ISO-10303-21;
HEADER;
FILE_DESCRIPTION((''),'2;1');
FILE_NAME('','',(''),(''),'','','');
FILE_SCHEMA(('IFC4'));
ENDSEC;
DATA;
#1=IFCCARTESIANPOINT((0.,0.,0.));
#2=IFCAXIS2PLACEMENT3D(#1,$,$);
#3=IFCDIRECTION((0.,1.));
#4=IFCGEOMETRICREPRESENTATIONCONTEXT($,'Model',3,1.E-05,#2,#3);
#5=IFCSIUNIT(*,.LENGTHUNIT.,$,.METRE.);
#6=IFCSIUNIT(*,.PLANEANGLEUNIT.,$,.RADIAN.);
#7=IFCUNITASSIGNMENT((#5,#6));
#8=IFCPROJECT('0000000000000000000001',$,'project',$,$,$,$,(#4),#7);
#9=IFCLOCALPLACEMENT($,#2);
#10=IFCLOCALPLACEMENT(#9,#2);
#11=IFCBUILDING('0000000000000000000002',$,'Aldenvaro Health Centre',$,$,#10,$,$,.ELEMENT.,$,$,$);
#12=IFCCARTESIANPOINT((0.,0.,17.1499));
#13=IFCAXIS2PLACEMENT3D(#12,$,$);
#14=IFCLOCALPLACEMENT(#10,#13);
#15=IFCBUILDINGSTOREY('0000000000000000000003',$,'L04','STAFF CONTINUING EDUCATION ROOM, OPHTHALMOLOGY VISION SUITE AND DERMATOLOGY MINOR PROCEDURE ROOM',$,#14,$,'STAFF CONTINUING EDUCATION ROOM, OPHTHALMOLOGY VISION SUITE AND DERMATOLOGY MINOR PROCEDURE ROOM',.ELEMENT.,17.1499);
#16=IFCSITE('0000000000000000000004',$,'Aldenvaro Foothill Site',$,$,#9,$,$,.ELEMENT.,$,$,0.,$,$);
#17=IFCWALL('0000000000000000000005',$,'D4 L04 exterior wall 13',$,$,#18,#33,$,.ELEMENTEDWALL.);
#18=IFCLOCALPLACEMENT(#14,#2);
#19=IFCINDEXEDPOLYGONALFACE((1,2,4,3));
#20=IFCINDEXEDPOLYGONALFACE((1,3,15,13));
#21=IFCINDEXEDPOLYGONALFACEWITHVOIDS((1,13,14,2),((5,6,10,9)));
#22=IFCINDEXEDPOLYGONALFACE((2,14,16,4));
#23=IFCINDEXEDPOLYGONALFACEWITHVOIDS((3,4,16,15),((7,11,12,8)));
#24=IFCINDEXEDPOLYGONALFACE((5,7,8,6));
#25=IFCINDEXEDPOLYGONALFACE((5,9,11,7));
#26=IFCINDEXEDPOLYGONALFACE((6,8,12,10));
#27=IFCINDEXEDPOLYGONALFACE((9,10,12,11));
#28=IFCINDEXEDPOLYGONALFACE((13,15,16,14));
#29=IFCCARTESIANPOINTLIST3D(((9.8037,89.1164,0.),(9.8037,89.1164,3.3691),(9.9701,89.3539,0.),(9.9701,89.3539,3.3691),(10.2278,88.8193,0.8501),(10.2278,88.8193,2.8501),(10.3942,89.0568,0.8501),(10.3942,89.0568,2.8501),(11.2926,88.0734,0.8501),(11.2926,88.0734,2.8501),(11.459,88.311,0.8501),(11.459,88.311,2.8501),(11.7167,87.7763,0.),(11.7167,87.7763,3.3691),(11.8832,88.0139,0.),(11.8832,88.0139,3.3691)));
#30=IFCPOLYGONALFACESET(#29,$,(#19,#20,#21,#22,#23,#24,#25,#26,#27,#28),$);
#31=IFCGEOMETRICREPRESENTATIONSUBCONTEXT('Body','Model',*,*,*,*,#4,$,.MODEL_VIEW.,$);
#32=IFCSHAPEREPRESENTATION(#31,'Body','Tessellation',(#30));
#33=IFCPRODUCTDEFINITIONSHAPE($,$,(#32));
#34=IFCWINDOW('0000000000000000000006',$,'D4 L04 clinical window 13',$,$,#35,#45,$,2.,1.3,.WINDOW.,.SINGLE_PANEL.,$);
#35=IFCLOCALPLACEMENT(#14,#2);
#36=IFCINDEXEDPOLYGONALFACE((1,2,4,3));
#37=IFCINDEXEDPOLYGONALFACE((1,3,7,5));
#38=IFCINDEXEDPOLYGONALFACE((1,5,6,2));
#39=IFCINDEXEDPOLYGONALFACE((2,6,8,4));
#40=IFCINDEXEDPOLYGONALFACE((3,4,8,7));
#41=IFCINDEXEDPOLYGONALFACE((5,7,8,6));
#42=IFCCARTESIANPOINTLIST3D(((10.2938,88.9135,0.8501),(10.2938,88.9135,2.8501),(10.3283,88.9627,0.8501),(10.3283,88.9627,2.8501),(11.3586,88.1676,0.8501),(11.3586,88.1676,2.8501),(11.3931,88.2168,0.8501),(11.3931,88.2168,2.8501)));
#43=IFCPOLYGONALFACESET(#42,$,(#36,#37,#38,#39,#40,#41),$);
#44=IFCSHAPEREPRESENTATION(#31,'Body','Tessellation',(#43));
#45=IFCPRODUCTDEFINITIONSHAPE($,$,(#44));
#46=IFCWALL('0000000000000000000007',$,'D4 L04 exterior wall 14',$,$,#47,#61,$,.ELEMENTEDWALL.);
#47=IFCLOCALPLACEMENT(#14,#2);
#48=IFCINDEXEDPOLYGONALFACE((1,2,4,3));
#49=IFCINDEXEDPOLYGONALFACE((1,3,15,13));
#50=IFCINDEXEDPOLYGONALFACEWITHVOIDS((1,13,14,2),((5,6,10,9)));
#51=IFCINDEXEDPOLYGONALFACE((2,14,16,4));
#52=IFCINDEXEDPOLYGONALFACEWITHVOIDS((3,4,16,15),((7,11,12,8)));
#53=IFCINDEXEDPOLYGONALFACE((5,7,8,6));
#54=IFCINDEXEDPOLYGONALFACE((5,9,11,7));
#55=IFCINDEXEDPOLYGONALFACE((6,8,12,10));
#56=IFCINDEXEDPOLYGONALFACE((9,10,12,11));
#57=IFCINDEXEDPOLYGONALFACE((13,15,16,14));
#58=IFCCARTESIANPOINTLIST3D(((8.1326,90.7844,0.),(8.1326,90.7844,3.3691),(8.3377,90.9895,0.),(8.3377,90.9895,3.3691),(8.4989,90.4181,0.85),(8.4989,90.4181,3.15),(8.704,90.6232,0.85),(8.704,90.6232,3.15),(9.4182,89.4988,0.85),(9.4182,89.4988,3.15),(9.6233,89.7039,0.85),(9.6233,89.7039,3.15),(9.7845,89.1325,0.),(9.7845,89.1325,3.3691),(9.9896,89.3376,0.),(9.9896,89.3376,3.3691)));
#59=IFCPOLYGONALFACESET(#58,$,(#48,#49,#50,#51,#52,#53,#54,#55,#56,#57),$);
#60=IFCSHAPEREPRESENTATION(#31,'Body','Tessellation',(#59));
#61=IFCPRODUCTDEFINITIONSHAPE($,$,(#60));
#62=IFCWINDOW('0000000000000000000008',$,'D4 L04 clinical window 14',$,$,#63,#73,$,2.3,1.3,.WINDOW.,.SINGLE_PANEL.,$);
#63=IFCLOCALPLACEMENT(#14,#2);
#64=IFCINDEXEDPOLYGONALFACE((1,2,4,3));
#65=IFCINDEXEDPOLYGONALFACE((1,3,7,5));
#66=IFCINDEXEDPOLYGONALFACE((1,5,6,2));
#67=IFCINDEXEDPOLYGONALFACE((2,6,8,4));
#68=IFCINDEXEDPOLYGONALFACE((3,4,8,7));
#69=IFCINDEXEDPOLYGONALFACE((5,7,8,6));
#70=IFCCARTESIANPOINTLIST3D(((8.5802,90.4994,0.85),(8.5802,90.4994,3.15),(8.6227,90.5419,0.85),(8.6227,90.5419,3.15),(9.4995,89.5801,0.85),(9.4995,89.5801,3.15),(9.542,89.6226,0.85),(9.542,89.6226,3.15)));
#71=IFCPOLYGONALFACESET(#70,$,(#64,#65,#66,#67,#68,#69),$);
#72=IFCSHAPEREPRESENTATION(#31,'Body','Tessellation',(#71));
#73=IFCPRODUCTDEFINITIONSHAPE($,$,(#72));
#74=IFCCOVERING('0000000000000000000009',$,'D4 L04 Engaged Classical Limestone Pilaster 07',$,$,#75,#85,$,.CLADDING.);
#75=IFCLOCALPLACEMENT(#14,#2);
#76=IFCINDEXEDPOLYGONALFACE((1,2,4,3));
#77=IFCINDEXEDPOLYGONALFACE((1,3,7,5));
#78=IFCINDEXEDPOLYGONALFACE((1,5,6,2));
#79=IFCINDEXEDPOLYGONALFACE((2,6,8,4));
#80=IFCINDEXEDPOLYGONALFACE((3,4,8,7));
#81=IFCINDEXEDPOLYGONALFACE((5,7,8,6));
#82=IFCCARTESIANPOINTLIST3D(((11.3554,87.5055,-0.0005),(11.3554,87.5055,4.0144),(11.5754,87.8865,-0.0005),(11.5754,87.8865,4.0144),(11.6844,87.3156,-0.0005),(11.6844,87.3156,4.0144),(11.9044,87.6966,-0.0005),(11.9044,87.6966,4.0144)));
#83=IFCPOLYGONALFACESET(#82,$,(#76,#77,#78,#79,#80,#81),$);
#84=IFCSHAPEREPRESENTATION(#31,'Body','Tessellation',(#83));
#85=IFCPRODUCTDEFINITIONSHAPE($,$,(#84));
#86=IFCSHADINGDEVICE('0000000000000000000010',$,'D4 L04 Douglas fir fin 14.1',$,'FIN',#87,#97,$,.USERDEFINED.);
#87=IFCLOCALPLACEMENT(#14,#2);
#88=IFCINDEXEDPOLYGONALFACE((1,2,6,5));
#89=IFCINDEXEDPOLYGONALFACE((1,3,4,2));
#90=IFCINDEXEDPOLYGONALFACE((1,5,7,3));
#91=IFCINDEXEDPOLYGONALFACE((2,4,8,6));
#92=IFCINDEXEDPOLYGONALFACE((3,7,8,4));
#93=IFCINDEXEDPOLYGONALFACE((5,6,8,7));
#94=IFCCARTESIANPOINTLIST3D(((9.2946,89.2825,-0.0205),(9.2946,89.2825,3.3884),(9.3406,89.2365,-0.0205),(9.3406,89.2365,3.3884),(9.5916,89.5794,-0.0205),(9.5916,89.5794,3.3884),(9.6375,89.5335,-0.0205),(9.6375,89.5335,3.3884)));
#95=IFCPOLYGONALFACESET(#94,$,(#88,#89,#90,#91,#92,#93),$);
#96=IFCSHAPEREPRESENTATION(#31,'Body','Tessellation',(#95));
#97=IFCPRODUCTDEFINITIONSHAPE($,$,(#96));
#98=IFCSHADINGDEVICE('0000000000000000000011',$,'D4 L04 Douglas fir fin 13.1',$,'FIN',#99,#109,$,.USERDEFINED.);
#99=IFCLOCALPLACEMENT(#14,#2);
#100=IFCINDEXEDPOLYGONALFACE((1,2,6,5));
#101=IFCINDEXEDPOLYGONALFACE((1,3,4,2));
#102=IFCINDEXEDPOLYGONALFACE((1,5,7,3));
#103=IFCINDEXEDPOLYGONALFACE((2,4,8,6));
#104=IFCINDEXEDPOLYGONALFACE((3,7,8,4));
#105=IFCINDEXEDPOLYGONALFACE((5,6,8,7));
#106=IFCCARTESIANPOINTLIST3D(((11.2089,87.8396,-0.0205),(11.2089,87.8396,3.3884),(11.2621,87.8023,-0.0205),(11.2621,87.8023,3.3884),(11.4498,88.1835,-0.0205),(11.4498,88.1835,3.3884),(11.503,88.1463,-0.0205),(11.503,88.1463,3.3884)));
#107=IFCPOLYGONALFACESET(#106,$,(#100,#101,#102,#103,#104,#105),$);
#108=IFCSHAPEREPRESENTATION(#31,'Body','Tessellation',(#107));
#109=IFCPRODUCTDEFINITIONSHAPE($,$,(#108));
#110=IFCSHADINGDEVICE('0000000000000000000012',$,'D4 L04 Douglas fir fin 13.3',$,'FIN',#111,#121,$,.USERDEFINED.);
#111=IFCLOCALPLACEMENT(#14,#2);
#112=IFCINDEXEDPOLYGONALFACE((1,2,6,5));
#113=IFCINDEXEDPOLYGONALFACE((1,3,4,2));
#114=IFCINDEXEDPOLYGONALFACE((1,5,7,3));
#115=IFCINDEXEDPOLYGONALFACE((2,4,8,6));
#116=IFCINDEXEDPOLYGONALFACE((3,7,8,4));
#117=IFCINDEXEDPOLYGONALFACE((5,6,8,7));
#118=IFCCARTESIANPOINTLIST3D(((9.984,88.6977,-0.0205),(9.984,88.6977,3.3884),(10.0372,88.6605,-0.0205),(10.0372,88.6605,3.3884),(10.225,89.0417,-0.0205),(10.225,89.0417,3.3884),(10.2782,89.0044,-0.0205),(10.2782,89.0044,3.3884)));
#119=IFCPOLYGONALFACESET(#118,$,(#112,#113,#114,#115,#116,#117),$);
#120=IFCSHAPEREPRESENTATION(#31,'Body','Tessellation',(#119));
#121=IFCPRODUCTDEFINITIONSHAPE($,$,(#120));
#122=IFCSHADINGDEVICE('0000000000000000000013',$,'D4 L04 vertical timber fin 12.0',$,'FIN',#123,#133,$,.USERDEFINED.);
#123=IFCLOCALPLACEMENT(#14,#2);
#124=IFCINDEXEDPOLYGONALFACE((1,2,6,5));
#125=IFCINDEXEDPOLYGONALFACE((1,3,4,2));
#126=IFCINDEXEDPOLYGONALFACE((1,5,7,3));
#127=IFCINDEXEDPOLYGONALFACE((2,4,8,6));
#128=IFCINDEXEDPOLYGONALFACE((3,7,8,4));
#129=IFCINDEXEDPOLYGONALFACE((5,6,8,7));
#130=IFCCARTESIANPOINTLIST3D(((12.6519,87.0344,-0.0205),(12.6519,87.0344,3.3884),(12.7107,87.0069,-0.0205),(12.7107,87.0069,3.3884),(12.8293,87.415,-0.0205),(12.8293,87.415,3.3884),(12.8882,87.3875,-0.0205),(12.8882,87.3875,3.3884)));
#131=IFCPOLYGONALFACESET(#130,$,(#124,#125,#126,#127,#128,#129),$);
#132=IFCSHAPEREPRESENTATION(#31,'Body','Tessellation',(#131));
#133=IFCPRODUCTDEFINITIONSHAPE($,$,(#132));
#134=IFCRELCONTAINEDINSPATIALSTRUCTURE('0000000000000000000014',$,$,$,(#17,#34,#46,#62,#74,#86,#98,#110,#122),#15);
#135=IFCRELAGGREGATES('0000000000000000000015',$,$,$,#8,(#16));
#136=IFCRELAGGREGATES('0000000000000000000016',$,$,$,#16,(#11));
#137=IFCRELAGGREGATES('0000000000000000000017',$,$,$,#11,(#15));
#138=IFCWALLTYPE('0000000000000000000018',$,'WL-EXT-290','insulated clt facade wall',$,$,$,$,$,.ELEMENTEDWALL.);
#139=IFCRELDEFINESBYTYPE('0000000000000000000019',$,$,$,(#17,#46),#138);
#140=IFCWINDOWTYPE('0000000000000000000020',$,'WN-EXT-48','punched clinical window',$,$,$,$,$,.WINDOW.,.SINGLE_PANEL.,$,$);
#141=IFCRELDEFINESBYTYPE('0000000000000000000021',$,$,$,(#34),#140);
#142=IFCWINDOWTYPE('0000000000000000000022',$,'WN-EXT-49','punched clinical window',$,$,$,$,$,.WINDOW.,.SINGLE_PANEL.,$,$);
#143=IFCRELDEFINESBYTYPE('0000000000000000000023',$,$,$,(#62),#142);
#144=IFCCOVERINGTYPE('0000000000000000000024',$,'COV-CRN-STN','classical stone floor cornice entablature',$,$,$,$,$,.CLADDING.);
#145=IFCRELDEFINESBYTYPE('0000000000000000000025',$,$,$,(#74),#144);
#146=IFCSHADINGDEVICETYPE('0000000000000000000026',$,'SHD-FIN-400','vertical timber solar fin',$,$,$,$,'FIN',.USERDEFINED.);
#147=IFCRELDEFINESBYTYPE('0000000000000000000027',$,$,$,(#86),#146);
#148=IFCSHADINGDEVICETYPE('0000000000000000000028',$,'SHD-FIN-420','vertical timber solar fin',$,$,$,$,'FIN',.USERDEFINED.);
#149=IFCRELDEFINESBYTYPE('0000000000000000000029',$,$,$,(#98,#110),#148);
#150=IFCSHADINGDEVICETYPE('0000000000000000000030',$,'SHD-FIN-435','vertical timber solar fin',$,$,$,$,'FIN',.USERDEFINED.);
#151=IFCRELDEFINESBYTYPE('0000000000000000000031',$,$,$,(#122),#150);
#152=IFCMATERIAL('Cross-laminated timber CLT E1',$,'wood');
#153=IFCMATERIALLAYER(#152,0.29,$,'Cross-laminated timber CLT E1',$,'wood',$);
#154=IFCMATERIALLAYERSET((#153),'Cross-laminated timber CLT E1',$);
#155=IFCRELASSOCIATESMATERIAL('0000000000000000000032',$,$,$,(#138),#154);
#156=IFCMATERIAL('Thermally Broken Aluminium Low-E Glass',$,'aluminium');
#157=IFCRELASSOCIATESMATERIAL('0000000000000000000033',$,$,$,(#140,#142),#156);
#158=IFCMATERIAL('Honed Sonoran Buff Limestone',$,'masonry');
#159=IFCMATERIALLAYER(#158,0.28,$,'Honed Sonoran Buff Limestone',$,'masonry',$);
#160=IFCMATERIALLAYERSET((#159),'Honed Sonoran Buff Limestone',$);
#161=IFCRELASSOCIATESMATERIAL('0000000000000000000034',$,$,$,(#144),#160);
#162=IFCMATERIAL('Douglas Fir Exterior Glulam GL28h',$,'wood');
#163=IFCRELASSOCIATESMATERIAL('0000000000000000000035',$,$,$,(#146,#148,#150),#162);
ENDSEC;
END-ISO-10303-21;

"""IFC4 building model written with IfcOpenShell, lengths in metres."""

from ifc_helpers import new_model, si_unit, direction, frame, frame_2d, origin, origin_2d, place, context, subcontext, project, spatial, rectangle, extrude, material, layer, layer_set, type_object, element, fill, save


model = new_model("IFC4")

# Units and contexts
model_context = context("Model", 3, precision=1e-05, world=origin(), true_north=direction((0.0, 1.0)))
body_context = subcontext(model_context, "Body", "Model", "MODEL_VIEW")
ifc_project = project(units=[si_unit("LENGTHUNIT", "METRE"), si_unit("PLANEANGLEUNIT", "RADIAN")], contexts=[model_context])

# Site, building, storey
site_placement = place(None, origin())
site = spatial("IfcSite", under=ifc_project, at=site_placement, Name="Aldenvaro Foothill Site", CompositionType="ELEMENT", RefElevation=0.0)
building_placement = place(site_placement, origin())
building = spatial("IfcBuilding", under=site, at=building_placement, Name="Aldenvaro Health Centre", CompositionType="ELEMENT")
storey_placement = place(building_placement, frame((0.0, 0.0, 17.1499)))
storey = spatial("IfcBuildingStorey", under=building, at=storey_placement, Name="L04", Description="STAFF CONTINUING EDUCATION ROOM, OPHTHALMOLOGY VISION SUITE AND DERMATOLOGY MINOR PROCEDURE ROOM", LongName="STAFF CONTINUING EDUCATION ROOM, OPHTHALMOLOGY VISION SUITE AND DERMATOLOGY MINOR PROCEDURE ROOM", CompositionType="ELEMENT", Elevation=17.1499)

# Walls, openings, windows
ifc_material_1 = material(Name="Cross-laminated timber CLT E1", Category="wood")
ifc_layer_1 = layer(ifc_material_1, 0.29, Name="Cross-laminated timber CLT E1", Category="wood")
ifc_layer_set_1 = layer_set([ifc_layer_1], Name="Cross-laminated timber CLT E1")
wall_type = type_object("IfcWallType", Name="WL-EXT-290", Description="insulated clt facade wall", PredefinedType="ELEMENTEDWALL", material=ifc_layer_set_1)
wall_1_placement = place(storey_placement, frame((11.8, 87.895, 0.0), z_axis=(0.0, 0.0, 1.0), x_axis=(-0.819045, 0.573729, 0.0)))
wall_1 = element("IfcWall", 1, at=wall_1_placement, inside=storey, type_object=wall_type, Name="D4 L04 exterior wall 13", PredefinedType="ELEMENTEDWALL", context=body_context, shape_type="SweptSolid", body=[
    extrude(rectangle(XDim=2.3357, YDim=0.29, at=frame_2d((1.168, 0.0))), origin(), (0.0, 0.0, 1.0), 3.3691),
])
opening_1_placement = place(wall_1_placement, frame((0.5181, 0.0, 0.8501)))
opening_1 = element("IfcOpeningElement", 2, at=opening_1_placement, cuts=wall_1, PredefinedType="OPENING", context=body_context, shape_type="SweptSolid", body=[
    extrude(rectangle(XDim=1.3, YDim=2.0, at=frame_2d((0.6499, 1.0))), frame((0.0, 0.155, 0.0), z_axis=(0.0, -1.0, 0.0), x_axis=(1.0, 0.0, 0.0)), (0.0, 0.0, 1.0), 0.3101),
])
ifc_material_2 = material(Name="Thermally Broken Aluminium Low-E Glass", Category="aluminium")
window_type_1 = type_object("IfcWindowType", Name="WN-EXT-48", Description="punched clinical window", PartitioningType="SINGLE_PANEL", PredefinedType="WINDOW", material=ifc_material_2)
window_1_placement = place(opening_1_placement, origin())
window_1 = element("IfcWindow", 3, at=window_1_placement, inside=storey, type_object=window_type_1, Name="D4 L04 clinical window 13", OverallHeight=2.0, OverallWidth=1.3, PartitioningType="SINGLE_PANEL", PredefinedType="WINDOW", context=body_context, shape_type="SweptSolid", body=[
    extrude(rectangle(XDim=1.3, YDim=2.0, at=frame_2d((0.6499, 1.0))), frame((0.0, 0.03, 0.0), z_axis=(0.0, -1.0, 0.0), x_axis=(1.0, 0.0, 0.0)), (0.0, 0.0, 1.0), 0.0601),
])
fill(opening_1, window_1)
wall_2_placement = place(storey_placement, frame((9.887, 89.2351, 0.0), z_axis=(0.0, 0.0, 1.0), x_axis=(-0.707107, 0.707107, 0.0)))
wall_2 = element("IfcWall", 4, at=wall_2_placement, inside=storey, type_object=wall_type, Name="D4 L04 exterior wall 14", PredefinedType="ELEMENTEDWALL", context=body_context, shape_type="SweptSolid", body=[
    extrude(rectangle(XDim=2.3362, YDim=0.29, at=frame_2d((1.168, 0.0))), origin(), (0.0, 0.0, 1.0), 3.3691),
])
opening_2_placement = place(wall_2_placement, frame((0.5181, 0.0, 0.8501)))
opening_2 = element("IfcOpeningElement", 5, at=opening_2_placement, cuts=wall_2, PredefinedType="OPENING", context=body_context, shape_type="SweptSolid", body=[
    extrude(rectangle(XDim=1.3, YDim=2.3, at=frame_2d((0.6499, 1.1499))), frame((0.0, 0.155, 0.0), z_axis=(0.0, -1.0, 0.0), x_axis=(1.0, 0.0, 0.0)), (0.0, 0.0, 1.0), 0.3101),
])
window_type_2 = type_object("IfcWindowType", Name="WN-EXT-49", Description="punched clinical window", PartitioningType="SINGLE_PANEL", PredefinedType="WINDOW", material=ifc_material_2)
window_2_placement = place(opening_2_placement, origin())
window_2 = element("IfcWindow", 6, at=window_2_placement, inside=storey, type_object=window_type_2, Name="D4 L04 clinical window 14", OverallHeight=2.3, OverallWidth=1.3, PartitioningType="SINGLE_PANEL", PredefinedType="WINDOW", context=body_context, shape_type="SweptSolid", body=[
    extrude(rectangle(XDim=1.3, YDim=2.3, at=frame_2d((0.6499, 1.1499))), frame((0.0, 0.03, 0.0), z_axis=(0.0, -1.0, 0.0), x_axis=(1.0, 0.0, 0.0)), (0.0, 0.0, 1.0), 0.0601),
])
fill(opening_2, window_2)

# Covering
ifc_material_3 = material(Name="Honed Sonoran Buff Limestone", Category="masonry")
ifc_layer_2 = layer(ifc_material_3, 0.28, Name="Honed Sonoran Buff Limestone", Category="masonry")
ifc_layer_set_2 = layer_set([ifc_layer_2], Name="Honed Sonoran Buff Limestone")
covering_type = type_object("IfcCoveringType", Name="COV-CRN-STN", Description="classical stone floor cornice entablature", PredefinedType="CLADDING", material=ifc_layer_set_2)
covering_placement = place(storey_placement, frame((11.6299, 87.6011, -0.0005), z_axis=(0.0, 0.0, 1.0), x_axis=(-0.499992, -0.86603, 0.0)))
element("IfcCovering", 7, at=covering_placement, inside=storey, type_object=covering_type, Name="D4 L04 Engaged Classical Limestone Pilaster 07", PredefinedType="CLADDING", context=body_context, shape_type="SweptSolid", body=[
    extrude(rectangle(XDim=0.4399, YDim=0.3799, at=origin_2d()), origin(), (0.0, 0.0, 1.0), 4.0149),
])

# Shading devices
ifc_material_4 = material(Name="Douglas Fir Exterior Glulam GL28h", Category="wood")
shading_device_type_1 = type_object("IfcShadingDeviceType", Name="SHD-FIN-400", Description="vertical timber solar fin", ElementType="FIN", PredefinedType="USERDEFINED", material=ifc_material_4)
shading_device_1_placement = place(storey_placement, frame((9.4661, 89.408, -0.0205), z_axis=(0.0, 0.0, 1.0), x_axis=(-0.707107, 0.707107, 0.0)))
element("IfcShadingDevice", 8, at=shading_device_1_placement, inside=storey, type_object=shading_device_type_1, Name="D4 L04 Douglas fir fin 14.1", ObjectType="FIN", PredefinedType="USERDEFINED", context=body_context, shape_type="SweptSolid", body=[
    extrude(rectangle(XDim=0.0649, YDim=0.4199, at=origin_2d()), origin(), (0.0, 0.0, 1.0), 3.4089),
])
shading_device_type_2 = type_object("IfcShadingDeviceType", Name="SHD-FIN-420", Description="vertical timber solar fin", ElementType="FIN", PredefinedType="USERDEFINED", material=ifc_material_4)
for number, where, z_axis, x_axis, name in (
    (9, (11.356, 87.9929, -0.0205), (0.0, 0.0, 1.0), (-0.819051, 0.573721, 0.0), "D4 L04 Douglas fir fin 13.1"),
    (10, (10.1311, 88.8511, -0.0205), (0.0, 0.0, 1.0), (-0.819051, 0.573721, 0.0), "D4 L04 Douglas fir fin 13.3"),
):
    element("IfcShadingDevice", number, at=place(storey_placement, frame(where, z_axis=z_axis, x_axis=x_axis)), inside=storey, type_object=shading_device_type_2, Name=name, ObjectType="FIN", PredefinedType="USERDEFINED", context=body_context, shape_type="SweptSolid", body=[
        extrude(rectangle(XDim=0.0649, YDim=0.4199, at=origin_2d()), origin(), (0.0, 0.0, 1.0), 3.4089),
    ])
shading_device_type_3 = type_object("IfcShadingDeviceType", Name="SHD-FIN-435", Description="vertical timber solar fin", ElementType="FIN", PredefinedType="USERDEFINED", material=ifc_material_4)
shading_device_2_placement = place(storey_placement, frame((12.77, 87.2109, -0.0205), z_axis=(0.0, 0.0, 1.0), x_axis=(-0.906336, 0.422557, 0.0)))
element("IfcShadingDevice", 11, at=shading_device_2_placement, inside=storey, type_object=shading_device_type_3, Name="D4 L04 vertical timber fin 12.0", ObjectType="FIN", PredefinedType="USERDEFINED", context=body_context, shape_type="SweptSolid", body=[
    extrude(rectangle(XDim=0.0649, YDim=0.4199, at=origin_2d()), origin(), (0.0, 0.0, 1.0), 3.4089),
])

save(model, "model.ifc")
